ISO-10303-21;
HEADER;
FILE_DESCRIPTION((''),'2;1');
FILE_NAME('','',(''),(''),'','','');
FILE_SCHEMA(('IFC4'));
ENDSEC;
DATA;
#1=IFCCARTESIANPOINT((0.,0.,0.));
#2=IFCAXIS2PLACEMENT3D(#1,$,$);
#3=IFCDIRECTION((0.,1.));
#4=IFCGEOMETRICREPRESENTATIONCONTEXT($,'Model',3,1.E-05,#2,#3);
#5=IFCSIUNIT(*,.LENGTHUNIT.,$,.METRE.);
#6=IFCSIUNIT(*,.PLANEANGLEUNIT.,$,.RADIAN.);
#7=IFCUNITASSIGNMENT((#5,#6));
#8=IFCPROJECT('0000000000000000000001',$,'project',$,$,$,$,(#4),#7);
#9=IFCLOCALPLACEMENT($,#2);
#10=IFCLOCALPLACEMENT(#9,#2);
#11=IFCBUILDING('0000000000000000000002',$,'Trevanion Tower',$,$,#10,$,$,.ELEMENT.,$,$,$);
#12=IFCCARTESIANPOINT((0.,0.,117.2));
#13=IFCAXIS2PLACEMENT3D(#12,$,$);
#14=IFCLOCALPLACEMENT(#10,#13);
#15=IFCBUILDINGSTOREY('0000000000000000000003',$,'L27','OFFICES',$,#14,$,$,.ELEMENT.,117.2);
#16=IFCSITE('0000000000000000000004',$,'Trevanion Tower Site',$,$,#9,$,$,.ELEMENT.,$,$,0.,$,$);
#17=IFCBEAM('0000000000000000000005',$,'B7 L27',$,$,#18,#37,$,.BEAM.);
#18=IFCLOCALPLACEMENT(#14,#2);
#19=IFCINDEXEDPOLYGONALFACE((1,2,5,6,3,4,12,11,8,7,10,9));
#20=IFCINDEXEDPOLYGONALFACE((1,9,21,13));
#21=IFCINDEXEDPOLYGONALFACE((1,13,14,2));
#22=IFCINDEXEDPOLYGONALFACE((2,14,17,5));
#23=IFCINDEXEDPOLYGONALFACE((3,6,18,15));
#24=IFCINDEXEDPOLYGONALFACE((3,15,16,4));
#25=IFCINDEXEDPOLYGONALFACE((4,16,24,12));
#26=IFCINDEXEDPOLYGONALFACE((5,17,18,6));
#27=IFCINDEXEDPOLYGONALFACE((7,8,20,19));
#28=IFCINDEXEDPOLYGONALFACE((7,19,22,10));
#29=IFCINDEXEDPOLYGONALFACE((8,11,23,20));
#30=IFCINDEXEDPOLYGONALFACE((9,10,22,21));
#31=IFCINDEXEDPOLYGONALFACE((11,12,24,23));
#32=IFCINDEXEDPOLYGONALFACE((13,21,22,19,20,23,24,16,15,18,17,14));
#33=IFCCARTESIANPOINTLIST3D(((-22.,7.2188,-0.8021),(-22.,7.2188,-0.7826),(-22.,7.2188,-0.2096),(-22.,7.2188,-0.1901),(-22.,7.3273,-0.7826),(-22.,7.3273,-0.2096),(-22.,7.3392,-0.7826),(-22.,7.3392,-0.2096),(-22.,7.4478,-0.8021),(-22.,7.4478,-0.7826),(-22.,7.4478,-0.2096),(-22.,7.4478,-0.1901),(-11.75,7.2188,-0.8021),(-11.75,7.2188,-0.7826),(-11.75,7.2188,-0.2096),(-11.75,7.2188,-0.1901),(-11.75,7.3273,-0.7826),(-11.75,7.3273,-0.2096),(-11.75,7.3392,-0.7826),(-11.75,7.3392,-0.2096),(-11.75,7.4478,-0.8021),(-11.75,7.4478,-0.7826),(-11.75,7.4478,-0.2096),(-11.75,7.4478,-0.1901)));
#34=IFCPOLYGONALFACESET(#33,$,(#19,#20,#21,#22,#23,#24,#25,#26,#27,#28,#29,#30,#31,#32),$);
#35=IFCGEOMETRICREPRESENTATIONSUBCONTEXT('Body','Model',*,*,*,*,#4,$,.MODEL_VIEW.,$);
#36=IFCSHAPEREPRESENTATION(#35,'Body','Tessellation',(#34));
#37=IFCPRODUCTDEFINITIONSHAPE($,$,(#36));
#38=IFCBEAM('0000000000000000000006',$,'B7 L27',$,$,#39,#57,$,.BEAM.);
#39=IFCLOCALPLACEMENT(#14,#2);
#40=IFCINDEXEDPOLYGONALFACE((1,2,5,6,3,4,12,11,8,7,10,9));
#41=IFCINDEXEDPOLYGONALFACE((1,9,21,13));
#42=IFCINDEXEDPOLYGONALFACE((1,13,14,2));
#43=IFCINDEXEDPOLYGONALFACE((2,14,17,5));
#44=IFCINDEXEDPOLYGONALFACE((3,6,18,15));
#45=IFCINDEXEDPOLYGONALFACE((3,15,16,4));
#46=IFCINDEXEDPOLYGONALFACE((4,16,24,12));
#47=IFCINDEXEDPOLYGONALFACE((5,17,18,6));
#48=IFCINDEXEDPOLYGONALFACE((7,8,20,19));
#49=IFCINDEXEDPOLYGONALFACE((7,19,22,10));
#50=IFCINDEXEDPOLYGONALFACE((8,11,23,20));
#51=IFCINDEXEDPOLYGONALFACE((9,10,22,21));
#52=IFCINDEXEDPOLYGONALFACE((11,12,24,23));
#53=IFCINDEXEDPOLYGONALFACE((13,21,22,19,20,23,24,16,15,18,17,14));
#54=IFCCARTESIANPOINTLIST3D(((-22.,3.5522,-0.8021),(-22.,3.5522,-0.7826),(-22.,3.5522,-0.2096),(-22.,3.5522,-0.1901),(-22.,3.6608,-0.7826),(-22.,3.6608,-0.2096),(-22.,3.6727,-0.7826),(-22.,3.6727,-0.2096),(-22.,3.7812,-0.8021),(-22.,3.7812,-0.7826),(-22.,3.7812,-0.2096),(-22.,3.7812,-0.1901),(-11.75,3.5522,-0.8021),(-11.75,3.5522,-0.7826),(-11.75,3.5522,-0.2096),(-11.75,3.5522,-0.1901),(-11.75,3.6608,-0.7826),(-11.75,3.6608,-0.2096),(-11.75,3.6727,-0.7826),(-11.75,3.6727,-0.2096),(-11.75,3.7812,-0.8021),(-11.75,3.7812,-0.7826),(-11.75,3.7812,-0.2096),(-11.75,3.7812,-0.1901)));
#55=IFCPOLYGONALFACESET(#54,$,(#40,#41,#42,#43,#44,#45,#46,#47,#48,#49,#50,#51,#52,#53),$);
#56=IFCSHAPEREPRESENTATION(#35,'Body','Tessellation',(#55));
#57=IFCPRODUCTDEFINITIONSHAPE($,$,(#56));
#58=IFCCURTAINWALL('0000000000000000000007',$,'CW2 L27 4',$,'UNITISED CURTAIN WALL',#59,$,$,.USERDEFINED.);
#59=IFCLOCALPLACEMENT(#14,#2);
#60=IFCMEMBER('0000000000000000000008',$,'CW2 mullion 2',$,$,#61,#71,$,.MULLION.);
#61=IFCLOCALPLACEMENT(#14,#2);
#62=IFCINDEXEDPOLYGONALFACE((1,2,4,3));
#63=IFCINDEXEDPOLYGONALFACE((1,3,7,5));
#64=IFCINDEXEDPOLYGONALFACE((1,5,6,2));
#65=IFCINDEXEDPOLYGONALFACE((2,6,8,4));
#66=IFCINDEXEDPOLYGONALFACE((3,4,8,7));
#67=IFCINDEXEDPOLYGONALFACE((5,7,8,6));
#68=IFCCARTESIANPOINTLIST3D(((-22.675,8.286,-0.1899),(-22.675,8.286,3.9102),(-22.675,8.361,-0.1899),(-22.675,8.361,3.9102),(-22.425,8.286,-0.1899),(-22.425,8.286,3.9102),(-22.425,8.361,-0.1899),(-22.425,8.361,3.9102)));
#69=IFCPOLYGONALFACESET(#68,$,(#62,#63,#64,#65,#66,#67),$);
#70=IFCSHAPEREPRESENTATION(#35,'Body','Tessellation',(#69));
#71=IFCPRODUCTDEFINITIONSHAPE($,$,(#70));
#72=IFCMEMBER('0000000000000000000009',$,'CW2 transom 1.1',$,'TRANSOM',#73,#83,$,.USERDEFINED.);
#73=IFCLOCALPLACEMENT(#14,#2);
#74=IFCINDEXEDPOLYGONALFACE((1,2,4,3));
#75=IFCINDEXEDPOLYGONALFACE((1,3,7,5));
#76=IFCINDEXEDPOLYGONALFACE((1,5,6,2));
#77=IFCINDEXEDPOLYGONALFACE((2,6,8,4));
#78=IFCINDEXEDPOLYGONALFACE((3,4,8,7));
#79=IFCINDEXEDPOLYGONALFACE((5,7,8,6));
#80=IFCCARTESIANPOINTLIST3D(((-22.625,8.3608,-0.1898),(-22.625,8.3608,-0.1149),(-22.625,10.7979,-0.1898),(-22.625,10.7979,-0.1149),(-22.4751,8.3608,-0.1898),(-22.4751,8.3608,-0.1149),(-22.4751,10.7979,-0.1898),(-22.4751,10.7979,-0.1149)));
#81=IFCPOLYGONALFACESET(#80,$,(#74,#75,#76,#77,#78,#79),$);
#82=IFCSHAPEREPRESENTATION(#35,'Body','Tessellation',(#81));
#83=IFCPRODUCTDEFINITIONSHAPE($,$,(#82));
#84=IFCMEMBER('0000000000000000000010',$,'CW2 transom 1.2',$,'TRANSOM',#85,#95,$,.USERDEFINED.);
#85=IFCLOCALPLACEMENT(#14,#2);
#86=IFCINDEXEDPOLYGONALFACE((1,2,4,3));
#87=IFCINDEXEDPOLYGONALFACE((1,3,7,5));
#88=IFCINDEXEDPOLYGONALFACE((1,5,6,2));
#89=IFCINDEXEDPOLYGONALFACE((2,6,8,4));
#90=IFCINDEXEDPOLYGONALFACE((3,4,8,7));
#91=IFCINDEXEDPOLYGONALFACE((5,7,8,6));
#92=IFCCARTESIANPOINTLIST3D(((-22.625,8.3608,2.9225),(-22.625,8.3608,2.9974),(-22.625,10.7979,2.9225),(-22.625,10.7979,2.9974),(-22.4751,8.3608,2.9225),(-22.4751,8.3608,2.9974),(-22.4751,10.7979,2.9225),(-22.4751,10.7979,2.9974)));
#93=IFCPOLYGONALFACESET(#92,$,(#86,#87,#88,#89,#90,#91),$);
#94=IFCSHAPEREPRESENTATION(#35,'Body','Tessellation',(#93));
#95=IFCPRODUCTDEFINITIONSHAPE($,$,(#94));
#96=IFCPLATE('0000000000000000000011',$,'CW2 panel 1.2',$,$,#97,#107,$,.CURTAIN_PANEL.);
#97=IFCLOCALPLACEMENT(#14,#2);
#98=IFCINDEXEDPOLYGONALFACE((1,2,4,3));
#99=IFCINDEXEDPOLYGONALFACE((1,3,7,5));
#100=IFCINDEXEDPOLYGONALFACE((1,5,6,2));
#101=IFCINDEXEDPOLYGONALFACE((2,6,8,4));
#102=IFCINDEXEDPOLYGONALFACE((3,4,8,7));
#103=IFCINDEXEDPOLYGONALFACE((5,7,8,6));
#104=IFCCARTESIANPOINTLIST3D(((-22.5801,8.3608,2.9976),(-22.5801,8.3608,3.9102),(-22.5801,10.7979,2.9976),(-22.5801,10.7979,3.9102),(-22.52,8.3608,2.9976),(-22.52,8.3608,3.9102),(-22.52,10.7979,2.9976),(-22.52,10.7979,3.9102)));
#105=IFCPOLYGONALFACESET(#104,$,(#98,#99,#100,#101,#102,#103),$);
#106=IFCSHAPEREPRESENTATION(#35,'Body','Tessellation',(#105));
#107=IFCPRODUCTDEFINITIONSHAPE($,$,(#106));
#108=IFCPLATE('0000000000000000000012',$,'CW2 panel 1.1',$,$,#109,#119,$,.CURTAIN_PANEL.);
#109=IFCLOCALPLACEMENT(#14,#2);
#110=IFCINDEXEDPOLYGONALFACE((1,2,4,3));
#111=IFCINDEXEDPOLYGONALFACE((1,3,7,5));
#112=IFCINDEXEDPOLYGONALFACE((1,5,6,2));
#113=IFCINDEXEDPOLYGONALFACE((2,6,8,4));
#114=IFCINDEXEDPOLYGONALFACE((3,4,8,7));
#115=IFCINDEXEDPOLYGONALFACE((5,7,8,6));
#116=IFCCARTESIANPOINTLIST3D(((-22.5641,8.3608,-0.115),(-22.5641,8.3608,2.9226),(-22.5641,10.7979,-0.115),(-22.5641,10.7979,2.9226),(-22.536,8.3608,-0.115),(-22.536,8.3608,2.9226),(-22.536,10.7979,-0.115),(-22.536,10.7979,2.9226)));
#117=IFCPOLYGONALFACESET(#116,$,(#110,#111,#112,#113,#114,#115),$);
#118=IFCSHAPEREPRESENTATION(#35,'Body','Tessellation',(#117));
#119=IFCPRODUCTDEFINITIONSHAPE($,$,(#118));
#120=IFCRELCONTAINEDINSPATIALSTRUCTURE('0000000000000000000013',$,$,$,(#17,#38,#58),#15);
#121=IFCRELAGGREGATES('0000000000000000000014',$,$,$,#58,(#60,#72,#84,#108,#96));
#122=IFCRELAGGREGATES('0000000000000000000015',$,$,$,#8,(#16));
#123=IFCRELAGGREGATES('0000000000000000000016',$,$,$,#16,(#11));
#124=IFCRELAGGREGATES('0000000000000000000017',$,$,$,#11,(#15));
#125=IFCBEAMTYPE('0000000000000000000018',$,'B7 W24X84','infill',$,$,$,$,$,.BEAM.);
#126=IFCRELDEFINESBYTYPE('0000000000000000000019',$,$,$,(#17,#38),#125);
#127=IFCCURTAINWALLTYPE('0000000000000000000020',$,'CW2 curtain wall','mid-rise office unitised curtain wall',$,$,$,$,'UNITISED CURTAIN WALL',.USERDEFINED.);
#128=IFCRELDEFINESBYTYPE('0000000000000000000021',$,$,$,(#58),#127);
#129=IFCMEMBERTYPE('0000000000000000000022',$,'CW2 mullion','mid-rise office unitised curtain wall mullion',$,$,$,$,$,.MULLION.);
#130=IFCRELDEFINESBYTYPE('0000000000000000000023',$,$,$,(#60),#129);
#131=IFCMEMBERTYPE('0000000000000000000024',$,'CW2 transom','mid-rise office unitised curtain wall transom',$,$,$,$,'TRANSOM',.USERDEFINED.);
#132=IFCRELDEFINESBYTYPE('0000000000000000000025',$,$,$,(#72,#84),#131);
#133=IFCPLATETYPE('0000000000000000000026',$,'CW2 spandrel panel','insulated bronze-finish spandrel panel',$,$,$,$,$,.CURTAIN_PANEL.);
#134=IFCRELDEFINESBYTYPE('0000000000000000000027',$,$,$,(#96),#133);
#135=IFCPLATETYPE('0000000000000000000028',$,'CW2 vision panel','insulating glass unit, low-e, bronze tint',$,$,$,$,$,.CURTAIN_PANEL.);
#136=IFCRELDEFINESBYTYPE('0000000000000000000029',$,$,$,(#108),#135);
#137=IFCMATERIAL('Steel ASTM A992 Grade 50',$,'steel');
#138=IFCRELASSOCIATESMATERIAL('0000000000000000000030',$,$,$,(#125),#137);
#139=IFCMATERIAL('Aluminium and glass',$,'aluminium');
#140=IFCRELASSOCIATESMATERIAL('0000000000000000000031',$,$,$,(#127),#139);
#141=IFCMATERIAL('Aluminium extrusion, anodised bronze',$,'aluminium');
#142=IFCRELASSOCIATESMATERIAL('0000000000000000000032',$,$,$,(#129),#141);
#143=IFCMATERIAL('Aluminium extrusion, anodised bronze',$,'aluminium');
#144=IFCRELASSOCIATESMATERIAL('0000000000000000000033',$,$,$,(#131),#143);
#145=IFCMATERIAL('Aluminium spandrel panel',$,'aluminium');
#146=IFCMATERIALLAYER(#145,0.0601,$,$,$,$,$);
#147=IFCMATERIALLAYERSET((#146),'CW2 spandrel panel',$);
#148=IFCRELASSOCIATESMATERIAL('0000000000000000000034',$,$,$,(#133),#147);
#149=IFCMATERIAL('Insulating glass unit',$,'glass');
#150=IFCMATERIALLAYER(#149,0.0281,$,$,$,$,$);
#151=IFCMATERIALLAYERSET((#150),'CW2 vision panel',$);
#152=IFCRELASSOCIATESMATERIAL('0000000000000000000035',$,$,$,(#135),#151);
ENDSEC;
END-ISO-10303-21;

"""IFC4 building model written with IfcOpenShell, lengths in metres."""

from ifc_helpers import new_model, si_unit, direction, frame, origin, origin_2d, place, context, subcontext, project, spatial, rectangle, i_section, extrude, material, layer, layer_set, material_profile, profile_set, type_object, element, aggregate, save


model = new_model("IFC4")

# Units and contexts
model_context = context("Model", 3, precision=1e-05, world=origin(), true_north=direction((0.0, 1.0)))
body_context = subcontext(model_context, "Body", "Model", "MODEL_VIEW")
ifc_project = project(units=[si_unit("LENGTHUNIT", "METRE"), si_unit("PLANEANGLEUNIT", "RADIAN")], contexts=[model_context])

# Site, building, storey
site_placement = place(None, origin())
site = spatial("IfcSite", under=ifc_project, at=site_placement, Name="Trevanion Tower Site", CompositionType="ELEMENT", RefElevation=0.0)
building_placement = place(site_placement, origin())
building = spatial("IfcBuilding", under=site, at=building_placement, Name="Trevanion Tower", CompositionType="ELEMENT")
storey_placement = place(building_placement, frame((0.0, 0.0, 117.2)))
storey = spatial("IfcBuildingStorey", under=building, at=storey_placement, Name="L27", Description="OFFICES", CompositionType="ELEMENT", Elevation=117.2)

# Beams
ifc_material_1 = material(Name="Steel ASTM A992 Grade 50", Category="steel")
ifc_material_profile_1 = material_profile(ifc_material_1, i_section(OverallWidth=0.229, OverallDepth=0.6121, WebThickness=0.012, FlangeThickness=0.0195, at=origin_2d()), Name="W24X84")
ifc_profile_set_1 = profile_set([ifc_material_profile_1], Name="Steel ASTM A992 Grade 50")
beam_type = type_object("IfcBeamType", Name="B7 W24X84", Description="infill", PredefinedType="BEAM", material=ifc_profile_set_1)
for number, where, z_axis, x_axis, name in (
    (1, (-11.75, 7.3333, -0.4961), (-1.0, 0.0, 0.0), (0.0, -1.0, 0.0), "B7 L27"),
    (2, (-11.75, 3.6667, -0.4961), (-1.0, 0.0, 0.0), (0.0, -1.0, 0.0), "B7 L27"),
):
    element("IfcBeam", number, at=place(storey_placement, frame(where, z_axis=z_axis, x_axis=x_axis)), inside=storey, type_object=beam_type, Name=name, PredefinedType="BEAM", context=body_context, shape_type="SweptSolid", body=[
        extrude(i_section(OverallWidth=0.229, OverallDepth=0.6121, WebThickness=0.012, FlangeThickness=0.0195, at=origin_2d()), origin(), (0.0, 0.0, 1.0), 10.25),
    ])

# Curtain wall, members, plates
ifc_material_2 = material(Name="Aluminium and glass", Category="aluminium")
curtain_wall_type = type_object("IfcCurtainWallType", Name="CW2 curtain wall", Description="mid-rise office unitised curtain wall", ElementType="UNITISED CURTAIN WALL", PredefinedType="USERDEFINED", material=ifc_material_2)
curtain_wall_placement = place(storey_placement, origin())
curtain_wall = element("IfcCurtainWall", 3, at=curtain_wall_placement, inside=storey, type_object=curtain_wall_type, Name="CW2 L27 4", ObjectType="UNITISED CURTAIN WALL", PredefinedType="USERDEFINED")
ifc_material_3 = material(Name="Aluminium extrusion, anodised bronze", Category="aluminium")
ifc_material_profile_2 = material_profile(ifc_material_3, rectangle(XDim=0.075, YDim=0.25, at=origin_2d()), Name="CW2 mullion")
ifc_profile_set_2 = profile_set([ifc_material_profile_2], Name="Aluminium extrusion, anodised bronze")
member_type_1 = type_object("IfcMemberType", Name="CW2 mullion", Description="mid-rise office unitised curtain wall mullion", PredefinedType="MULLION", material=ifc_profile_set_2)
member_1_placement = place(storey_placement, frame((-22.55, 8.3235, -0.1899), z_axis=(0.0, 0.0, 1.0), x_axis=(0.0, -1.0, 0.0)))
member_1 = element("IfcMember", 4, at=member_1_placement, type_object=member_type_1, Name="CW2 mullion 2", PredefinedType="MULLION", context=body_context, shape_type="SweptSolid", body=[
    extrude(rectangle(XDim=0.075, YDim=0.25, at=origin_2d()), origin(), (0.0, 0.0, 1.0), 4.1001),
])
ifc_material_4 = material(Name="Aluminium extrusion, anodised bronze", Category="aluminium")
ifc_material_profile_3 = material_profile(ifc_material_4, rectangle(XDim=0.1499, YDim=0.075, at=origin_2d()), Name="CW2 transom")
ifc_profile_set_3 = profile_set([ifc_material_profile_3], Name="Aluminium extrusion, anodised bronze")
member_type_2 = type_object("IfcMemberType", Name="CW2 transom", Description="mid-rise office unitised curtain wall transom", ElementType="TRANSOM", PredefinedType="USERDEFINED", material=ifc_profile_set_3)
member_2_placement = place(storey_placement, frame((-22.55, 10.7979, -0.1523), z_axis=(0.0, -1.0, 0.0), x_axis=(1.0, 0.0, 0.0)))
member_2 = element("IfcMember", 5, at=member_2_placement, type_object=member_type_2, Name="CW2 transom 1.1", ObjectType="TRANSOM", PredefinedType="USERDEFINED", context=body_context, shape_type="SweptSolid", body=[
    extrude(rectangle(XDim=0.1499, YDim=0.075, at=origin_2d()), origin(), (0.0, 0.0, 1.0), 2.437),
])
member_3_placement = place(storey_placement, frame((-22.55, 10.7979, 2.96), z_axis=(0.0, -1.0, 0.0), x_axis=(1.0, 0.0, 0.0)))
member_3 = element("IfcMember", 6, at=member_3_placement, type_object=member_type_2, Name="CW2 transom 1.2", ObjectType="TRANSOM", PredefinedType="USERDEFINED", context=body_context, shape_type="SweptSolid", body=[
    extrude(rectangle(XDim=0.1499, YDim=0.075, at=origin_2d()), origin(), (0.0, 0.0, 1.0), 2.437),
])
ifc_material_5 = material(Name="Aluminium spandrel panel", Category="aluminium")
ifc_layer_1 = layer(ifc_material_5, 0.0601)
ifc_layer_set_1 = layer_set([ifc_layer_1], Name="CW2 spandrel panel")
plate_type_1 = type_object("IfcPlateType", Name="CW2 spandrel panel", Description="insulated bronze-finish spandrel panel", PredefinedType="CURTAIN_PANEL", material=ifc_layer_set_1)
plate_1_placement = place(storey_placement, frame((-22.55, 9.5793, 2.9976), z_axis=(0.0, 0.0, 1.0), x_axis=(0.0, -1.0, 0.0)))
plate_1 = element("IfcPlate", 7, at=plate_1_placement, type_object=plate_type_1, Name="CW2 panel 1.2", PredefinedType="CURTAIN_PANEL", context=body_context, shape_type="SweptSolid", body=[
    extrude(rectangle(XDim=2.437, YDim=0.0601, at=origin_2d()), origin(), (0.0, 0.0, 1.0), 0.9126),
])
ifc_material_6 = material(Name="Insulating glass unit", Category="glass")
ifc_layer_2 = layer(ifc_material_6, 0.0281)
ifc_layer_set_2 = layer_set([ifc_layer_2], Name="CW2 vision panel")
plate_type_2 = type_object("IfcPlateType", Name="CW2 vision panel", Description="insulating glass unit, low-e, bronze tint", PredefinedType="CURTAIN_PANEL", material=ifc_layer_set_2)
plate_2_placement = place(storey_placement, frame((-22.55, 9.5793, -0.115), z_axis=(0.0, 0.0, 1.0), x_axis=(0.0, -1.0, 0.0)))
plate_2 = element("IfcPlate", 8, at=plate_2_placement, type_object=plate_type_2, Name="CW2 panel 1.1", PredefinedType="CURTAIN_PANEL", context=body_context, shape_type="SweptSolid", body=[
    extrude(rectangle(XDim=2.437, YDim=0.0281, at=origin_2d()), origin(), (0.0, 0.0, 1.0), 3.0376),
])
aggregate(curtain_wall, [member_1, member_2, member_3, plate_2, plate_1])

save(model, "model.ifc")
